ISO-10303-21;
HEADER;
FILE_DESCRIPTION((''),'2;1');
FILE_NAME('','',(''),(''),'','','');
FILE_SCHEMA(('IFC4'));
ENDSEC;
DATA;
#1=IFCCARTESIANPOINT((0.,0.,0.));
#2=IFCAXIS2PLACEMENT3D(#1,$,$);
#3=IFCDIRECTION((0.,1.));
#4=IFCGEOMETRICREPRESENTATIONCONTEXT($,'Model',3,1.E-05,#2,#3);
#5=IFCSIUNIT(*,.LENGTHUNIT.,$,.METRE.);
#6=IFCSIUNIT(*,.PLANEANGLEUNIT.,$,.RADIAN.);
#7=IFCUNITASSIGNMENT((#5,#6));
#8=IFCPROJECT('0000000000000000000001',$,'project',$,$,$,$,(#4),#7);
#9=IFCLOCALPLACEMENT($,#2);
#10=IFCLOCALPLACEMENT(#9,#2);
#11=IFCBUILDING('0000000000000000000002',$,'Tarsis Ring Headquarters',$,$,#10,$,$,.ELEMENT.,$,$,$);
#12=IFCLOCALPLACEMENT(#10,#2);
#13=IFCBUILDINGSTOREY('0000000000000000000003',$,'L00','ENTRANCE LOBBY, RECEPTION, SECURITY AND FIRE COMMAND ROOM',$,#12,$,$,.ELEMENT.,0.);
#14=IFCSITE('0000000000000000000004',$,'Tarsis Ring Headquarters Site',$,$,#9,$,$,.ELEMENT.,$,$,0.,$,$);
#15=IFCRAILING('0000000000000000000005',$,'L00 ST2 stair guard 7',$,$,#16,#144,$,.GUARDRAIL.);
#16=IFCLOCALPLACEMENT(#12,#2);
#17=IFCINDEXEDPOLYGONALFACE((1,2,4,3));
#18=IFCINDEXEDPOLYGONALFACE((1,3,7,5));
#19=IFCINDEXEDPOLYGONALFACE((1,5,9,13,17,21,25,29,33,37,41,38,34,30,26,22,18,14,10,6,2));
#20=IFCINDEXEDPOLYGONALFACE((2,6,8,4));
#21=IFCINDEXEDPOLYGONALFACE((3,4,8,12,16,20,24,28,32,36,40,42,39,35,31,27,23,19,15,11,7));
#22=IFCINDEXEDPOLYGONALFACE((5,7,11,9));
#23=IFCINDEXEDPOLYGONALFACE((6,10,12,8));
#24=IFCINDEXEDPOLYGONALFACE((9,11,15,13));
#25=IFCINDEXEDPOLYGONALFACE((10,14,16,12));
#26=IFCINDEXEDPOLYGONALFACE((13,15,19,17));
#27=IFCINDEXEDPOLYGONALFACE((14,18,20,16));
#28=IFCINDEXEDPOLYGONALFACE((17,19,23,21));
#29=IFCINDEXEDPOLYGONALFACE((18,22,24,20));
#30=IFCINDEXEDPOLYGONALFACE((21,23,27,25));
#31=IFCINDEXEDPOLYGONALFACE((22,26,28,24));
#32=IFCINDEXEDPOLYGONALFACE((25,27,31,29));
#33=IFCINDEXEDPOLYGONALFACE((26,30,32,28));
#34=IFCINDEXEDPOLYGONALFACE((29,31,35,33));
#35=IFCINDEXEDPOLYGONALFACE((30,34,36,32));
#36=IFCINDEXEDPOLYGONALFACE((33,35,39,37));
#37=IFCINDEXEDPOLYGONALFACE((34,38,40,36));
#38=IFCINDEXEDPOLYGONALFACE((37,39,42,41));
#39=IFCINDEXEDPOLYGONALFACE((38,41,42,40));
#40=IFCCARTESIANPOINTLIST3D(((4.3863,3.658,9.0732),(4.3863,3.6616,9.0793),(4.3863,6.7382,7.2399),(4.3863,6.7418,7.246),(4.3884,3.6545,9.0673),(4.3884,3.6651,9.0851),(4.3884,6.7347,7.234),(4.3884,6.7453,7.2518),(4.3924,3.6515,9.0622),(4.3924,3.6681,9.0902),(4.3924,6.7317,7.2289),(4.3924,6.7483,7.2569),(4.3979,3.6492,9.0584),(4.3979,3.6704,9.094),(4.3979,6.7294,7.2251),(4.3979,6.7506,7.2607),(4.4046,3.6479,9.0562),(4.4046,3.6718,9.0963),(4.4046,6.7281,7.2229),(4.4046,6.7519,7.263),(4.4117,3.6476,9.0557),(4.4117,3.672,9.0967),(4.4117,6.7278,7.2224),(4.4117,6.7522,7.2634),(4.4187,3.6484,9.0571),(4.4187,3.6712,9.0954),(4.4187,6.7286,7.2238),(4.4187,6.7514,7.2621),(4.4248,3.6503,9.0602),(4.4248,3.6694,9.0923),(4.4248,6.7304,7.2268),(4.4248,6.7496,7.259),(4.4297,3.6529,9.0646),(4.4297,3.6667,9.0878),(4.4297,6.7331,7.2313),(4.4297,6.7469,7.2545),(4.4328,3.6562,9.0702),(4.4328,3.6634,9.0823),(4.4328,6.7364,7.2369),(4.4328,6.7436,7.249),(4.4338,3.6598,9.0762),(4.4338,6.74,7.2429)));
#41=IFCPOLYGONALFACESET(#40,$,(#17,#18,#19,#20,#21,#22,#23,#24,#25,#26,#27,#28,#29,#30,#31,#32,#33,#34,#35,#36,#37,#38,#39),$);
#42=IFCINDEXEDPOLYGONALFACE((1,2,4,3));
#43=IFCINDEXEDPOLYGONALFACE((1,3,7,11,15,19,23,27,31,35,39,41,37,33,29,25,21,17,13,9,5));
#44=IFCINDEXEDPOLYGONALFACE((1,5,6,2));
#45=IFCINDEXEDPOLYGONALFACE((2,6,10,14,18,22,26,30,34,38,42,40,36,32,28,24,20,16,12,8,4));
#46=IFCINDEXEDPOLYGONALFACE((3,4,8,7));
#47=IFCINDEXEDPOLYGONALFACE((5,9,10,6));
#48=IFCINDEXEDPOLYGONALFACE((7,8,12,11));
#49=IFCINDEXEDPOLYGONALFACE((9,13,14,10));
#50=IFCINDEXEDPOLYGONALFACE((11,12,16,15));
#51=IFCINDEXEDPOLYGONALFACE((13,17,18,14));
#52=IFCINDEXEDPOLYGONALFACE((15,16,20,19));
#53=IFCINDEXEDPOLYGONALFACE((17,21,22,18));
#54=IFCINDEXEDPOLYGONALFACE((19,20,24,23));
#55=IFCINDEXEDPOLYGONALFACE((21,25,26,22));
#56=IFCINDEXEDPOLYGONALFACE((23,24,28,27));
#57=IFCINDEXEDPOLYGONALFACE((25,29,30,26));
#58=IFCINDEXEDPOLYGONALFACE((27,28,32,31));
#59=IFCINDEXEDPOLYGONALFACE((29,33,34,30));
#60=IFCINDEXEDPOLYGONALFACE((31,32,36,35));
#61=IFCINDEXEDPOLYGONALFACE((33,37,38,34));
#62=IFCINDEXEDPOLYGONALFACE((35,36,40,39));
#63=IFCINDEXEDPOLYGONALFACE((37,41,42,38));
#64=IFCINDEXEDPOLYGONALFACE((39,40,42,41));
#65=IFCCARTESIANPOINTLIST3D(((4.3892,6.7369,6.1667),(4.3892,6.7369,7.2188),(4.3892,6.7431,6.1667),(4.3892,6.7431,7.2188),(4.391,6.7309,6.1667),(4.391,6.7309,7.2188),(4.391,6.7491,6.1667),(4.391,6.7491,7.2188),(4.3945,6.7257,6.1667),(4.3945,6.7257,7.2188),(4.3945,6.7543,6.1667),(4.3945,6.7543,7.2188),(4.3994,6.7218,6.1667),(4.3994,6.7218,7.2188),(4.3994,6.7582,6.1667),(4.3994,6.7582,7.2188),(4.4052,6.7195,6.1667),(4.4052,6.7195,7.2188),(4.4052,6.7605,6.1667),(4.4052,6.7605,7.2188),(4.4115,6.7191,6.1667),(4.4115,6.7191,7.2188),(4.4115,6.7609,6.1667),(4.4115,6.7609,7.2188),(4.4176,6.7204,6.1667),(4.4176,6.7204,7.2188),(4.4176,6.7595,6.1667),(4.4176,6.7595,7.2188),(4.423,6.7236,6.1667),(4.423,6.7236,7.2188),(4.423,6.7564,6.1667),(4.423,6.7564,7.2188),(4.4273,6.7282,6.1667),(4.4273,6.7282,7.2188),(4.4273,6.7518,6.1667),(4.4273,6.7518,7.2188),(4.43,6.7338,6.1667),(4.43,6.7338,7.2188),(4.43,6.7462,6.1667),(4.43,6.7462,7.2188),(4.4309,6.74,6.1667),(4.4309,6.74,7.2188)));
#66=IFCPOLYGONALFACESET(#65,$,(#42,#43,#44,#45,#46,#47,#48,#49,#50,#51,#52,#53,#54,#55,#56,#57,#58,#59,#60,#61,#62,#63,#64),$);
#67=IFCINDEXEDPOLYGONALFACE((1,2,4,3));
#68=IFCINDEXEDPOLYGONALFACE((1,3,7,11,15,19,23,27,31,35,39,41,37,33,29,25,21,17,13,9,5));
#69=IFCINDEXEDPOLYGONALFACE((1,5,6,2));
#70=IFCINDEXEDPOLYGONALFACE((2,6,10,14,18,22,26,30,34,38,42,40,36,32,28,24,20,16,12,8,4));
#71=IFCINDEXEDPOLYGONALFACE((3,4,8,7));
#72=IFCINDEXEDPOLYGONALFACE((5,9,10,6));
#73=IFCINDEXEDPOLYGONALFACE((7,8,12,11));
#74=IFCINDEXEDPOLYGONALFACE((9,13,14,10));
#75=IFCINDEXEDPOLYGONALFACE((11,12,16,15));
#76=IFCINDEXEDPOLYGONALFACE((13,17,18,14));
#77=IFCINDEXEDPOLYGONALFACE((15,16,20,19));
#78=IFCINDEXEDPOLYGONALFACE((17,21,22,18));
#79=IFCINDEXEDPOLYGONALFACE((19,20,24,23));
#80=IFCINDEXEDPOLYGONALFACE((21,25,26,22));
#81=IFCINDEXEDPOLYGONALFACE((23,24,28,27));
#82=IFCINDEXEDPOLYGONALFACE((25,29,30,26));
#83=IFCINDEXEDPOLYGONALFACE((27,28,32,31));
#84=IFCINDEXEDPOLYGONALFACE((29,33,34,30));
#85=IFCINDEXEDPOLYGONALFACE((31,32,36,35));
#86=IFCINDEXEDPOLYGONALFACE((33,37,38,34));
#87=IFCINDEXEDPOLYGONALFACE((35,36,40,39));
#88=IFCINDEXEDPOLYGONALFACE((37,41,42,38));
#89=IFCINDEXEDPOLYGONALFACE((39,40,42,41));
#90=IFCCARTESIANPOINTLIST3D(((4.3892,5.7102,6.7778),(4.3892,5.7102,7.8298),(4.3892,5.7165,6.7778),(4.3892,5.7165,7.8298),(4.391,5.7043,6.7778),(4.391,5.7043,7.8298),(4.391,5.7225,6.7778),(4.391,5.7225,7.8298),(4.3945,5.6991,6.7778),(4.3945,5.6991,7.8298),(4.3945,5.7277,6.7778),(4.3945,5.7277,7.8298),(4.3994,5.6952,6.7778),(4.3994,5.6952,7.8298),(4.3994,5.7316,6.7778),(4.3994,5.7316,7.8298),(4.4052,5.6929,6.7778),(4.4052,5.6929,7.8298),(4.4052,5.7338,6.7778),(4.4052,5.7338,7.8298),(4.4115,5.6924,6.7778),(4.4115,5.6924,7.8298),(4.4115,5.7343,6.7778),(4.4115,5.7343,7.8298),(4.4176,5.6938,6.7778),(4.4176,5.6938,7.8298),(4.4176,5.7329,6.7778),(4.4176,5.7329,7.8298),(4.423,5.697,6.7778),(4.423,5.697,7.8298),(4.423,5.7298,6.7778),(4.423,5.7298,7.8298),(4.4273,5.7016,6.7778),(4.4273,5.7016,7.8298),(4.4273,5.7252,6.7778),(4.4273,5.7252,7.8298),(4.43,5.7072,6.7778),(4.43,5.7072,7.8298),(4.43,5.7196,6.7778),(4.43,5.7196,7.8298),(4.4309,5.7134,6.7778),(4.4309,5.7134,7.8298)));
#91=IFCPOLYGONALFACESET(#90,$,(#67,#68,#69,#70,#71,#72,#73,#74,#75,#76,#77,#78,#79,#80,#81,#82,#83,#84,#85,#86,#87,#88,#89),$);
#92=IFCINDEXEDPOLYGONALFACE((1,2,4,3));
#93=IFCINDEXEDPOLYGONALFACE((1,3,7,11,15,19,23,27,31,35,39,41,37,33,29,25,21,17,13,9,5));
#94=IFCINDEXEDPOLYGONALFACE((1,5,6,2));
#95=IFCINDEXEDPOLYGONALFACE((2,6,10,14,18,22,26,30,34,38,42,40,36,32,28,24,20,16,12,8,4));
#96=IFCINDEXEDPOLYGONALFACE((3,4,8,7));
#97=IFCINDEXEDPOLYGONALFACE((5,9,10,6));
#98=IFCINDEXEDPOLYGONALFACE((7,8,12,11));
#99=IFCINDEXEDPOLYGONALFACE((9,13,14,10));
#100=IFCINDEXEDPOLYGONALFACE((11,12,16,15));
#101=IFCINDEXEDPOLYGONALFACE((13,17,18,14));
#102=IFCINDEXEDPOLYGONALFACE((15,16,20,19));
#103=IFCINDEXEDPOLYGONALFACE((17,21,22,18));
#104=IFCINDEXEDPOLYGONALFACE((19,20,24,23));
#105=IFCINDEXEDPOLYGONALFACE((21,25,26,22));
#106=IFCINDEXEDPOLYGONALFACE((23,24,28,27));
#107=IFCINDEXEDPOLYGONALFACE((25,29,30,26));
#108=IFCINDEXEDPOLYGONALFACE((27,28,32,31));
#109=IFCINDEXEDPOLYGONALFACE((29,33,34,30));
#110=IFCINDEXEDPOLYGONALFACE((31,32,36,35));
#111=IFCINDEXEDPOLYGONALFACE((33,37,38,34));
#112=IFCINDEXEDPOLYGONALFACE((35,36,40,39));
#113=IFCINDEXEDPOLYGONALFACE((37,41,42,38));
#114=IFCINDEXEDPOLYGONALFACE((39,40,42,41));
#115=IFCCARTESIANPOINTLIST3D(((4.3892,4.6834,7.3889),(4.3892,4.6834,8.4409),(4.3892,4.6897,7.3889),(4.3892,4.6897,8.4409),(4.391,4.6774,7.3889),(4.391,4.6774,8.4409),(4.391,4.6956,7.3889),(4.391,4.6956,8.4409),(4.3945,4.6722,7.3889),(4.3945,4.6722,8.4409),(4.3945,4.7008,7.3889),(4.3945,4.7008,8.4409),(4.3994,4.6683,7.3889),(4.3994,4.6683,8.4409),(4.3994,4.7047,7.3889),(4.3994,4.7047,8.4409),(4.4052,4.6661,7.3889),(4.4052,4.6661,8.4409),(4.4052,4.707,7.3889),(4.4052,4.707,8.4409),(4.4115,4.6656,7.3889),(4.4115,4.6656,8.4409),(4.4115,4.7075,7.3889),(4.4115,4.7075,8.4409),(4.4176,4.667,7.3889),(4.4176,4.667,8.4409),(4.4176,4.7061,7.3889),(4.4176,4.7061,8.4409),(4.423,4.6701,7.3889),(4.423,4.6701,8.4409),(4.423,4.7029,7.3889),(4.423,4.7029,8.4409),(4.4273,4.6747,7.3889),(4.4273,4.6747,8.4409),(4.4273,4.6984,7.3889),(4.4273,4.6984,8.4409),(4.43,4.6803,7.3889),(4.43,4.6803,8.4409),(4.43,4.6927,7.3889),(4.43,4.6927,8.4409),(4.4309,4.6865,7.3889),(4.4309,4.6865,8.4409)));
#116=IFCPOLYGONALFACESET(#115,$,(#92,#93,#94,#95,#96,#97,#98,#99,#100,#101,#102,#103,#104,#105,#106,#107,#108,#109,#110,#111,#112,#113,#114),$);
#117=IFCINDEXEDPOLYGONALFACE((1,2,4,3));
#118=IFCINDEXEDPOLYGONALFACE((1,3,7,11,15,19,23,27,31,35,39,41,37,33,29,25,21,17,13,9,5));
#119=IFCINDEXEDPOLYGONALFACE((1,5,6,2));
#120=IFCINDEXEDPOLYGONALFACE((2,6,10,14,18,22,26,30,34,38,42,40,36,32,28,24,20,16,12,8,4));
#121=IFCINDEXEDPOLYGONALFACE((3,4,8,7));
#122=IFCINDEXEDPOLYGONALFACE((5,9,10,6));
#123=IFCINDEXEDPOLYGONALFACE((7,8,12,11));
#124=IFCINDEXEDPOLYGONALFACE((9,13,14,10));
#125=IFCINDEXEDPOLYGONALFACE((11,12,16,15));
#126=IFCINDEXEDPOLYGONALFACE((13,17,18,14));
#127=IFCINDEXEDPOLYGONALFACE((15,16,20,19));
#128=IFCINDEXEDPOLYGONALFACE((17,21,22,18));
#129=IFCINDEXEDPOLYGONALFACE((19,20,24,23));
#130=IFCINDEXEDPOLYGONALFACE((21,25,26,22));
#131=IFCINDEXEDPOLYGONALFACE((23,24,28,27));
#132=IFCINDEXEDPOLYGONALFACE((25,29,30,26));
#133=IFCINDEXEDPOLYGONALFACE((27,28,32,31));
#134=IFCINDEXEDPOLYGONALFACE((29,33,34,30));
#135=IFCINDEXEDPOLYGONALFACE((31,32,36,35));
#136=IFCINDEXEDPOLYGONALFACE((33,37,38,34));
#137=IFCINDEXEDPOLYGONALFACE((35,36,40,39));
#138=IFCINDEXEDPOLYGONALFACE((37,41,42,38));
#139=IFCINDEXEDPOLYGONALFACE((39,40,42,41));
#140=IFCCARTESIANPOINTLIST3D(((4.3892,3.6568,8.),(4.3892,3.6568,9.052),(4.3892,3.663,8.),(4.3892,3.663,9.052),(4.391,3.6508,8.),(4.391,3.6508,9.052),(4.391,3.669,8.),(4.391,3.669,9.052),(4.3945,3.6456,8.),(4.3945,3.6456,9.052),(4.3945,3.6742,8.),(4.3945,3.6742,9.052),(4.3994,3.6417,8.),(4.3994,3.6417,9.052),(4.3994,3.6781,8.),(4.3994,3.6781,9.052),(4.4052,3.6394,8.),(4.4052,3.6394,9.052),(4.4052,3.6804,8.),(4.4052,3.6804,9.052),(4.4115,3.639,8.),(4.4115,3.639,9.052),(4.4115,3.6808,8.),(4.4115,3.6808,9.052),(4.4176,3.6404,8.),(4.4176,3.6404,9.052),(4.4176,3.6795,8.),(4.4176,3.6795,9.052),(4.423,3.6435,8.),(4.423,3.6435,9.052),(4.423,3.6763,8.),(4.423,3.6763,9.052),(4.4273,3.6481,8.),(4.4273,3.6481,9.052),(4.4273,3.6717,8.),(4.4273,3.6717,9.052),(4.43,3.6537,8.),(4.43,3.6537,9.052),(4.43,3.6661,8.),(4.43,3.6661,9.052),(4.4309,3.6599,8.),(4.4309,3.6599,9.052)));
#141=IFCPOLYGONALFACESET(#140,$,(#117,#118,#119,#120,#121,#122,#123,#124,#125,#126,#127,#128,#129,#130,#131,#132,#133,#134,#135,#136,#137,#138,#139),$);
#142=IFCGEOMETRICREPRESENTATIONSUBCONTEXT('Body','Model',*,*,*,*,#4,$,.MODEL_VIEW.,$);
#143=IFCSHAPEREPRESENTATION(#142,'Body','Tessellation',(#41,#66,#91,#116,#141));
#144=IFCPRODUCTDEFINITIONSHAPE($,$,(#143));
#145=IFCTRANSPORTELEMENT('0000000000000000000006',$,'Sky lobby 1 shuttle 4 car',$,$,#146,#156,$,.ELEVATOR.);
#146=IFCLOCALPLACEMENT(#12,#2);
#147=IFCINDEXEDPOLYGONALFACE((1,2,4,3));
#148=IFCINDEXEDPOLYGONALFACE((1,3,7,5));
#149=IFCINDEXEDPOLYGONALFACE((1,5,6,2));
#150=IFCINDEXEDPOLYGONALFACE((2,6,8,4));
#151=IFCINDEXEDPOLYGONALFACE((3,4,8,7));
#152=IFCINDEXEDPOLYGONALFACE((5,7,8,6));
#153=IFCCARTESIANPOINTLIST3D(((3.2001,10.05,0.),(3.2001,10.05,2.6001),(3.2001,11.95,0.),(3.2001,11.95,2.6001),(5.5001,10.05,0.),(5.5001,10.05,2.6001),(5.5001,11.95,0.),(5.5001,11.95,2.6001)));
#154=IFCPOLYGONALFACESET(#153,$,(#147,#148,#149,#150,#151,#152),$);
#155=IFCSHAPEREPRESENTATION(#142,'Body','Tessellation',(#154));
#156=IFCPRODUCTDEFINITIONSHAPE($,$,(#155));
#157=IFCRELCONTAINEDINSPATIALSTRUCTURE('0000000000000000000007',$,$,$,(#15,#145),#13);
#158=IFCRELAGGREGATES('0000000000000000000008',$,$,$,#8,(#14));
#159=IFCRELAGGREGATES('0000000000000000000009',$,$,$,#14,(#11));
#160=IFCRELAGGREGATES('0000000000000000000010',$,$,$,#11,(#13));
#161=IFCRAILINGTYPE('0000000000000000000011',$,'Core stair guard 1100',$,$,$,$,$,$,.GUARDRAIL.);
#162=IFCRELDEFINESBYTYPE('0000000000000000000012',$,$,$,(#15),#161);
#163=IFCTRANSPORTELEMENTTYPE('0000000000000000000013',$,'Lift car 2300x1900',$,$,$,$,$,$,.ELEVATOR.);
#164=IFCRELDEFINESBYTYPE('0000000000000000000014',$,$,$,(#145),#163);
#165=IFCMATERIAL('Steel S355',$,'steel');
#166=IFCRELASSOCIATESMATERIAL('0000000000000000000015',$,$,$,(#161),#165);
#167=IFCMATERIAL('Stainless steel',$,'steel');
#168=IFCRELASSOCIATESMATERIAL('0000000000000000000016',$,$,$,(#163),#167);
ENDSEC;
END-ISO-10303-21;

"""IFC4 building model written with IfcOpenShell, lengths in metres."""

from ifc_helpers import new_model, si_unit, direction, frame, origin, origin_2d, place, context, subcontext, project, spatial, rectangle, circle, extrude, material, type_object, element, save


model = new_model("IFC4")

# Units and contexts
model_context = context("Model", 3, precision=1e-05, world=origin(), true_north=direction((0.0, 1.0)))
body_context = subcontext(model_context, "Body", "Model", "MODEL_VIEW")
ifc_project = project(units=[si_unit("LENGTHUNIT", "METRE"), si_unit("PLANEANGLEUNIT", "RADIAN")], contexts=[model_context])

# Site, building, storey
site_placement = place(None, origin())
site = spatial("IfcSite", under=ifc_project, at=site_placement, Name="Tarsis Ring Headquarters Site", CompositionType="ELEMENT", RefElevation=0.0)
building_placement = place(site_placement, origin())
building = spatial("IfcBuilding", under=site, at=building_placement, Name="Tarsis Ring Headquarters", CompositionType="ELEMENT")
storey_placement = place(building_placement, origin())
storey = spatial("IfcBuildingStorey", under=building, at=storey_placement, Name="L00", Description="ENTRANCE LOBBY, RECEPTION, SECURITY AND FIRE COMMAND ROOM", CompositionType="ELEMENT", Elevation=0.0)

# Railing
ifc_material_1 = material(Name="Steel S355", Category="steel")
railing_type = type_object("IfcRailingType", Name="Core stair guard 1100", PredefinedType="GUARDRAIL", material=ifc_material_1)
railing_placement = place(storey_placement, frame((4.4099, 6.74, 6.1667)))
element("IfcRailing", 1, at=railing_placement, inside=storey, type_object=railing_type, Name="L00 ST2 stair guard 7", PredefinedType="GUARDRAIL", context=body_context, shape_type="SweptSolid", body=[
    extrude(circle(Radius=0.0239, at=origin_2d()), frame((0.0, 0.0, 1.0762), z_axis=(0.0, -0.859309, 0.511458), x_axis=(1.0, 0.0, 0.0)), (0.0, 0.0, 1.0), 3.5845),
    extrude(circle(Radius=0.021, at=origin_2d()), origin(), (0.0, 0.0, 1.0), 1.052),
    extrude(circle(Radius=0.021, at=origin_2d()), frame((0.0, -1.0266, 0.6111)), (0.0, 0.0, 1.0), 1.052),
    extrude(circle(Radius=0.021, at=origin_2d()), frame((0.0, -2.0535, 1.2222)), (0.0, 0.0, 1.0), 1.052),
    extrude(circle(Radius=0.021, at=origin_2d()), frame((0.0, -3.0801, 1.8333)), (0.0, 0.0, 1.0), 1.052),
])

# Transport element
ifc_material_2 = material(Name="Stainless steel", Category="steel")
transport_element_type = type_object("IfcTransportElementType", Name="Lift car 2300x1900", PredefinedType="ELEVATOR", material=ifc_material_2)
transport_element_placement = place(storey_placement, frame((4.3501, 11.0, 0.0), z_axis=(0.0, 0.0, 1.0), x_axis=(1.0, 0.0, 0.0)))
element("IfcTransportElement", 2, at=transport_element_placement, inside=storey, type_object=transport_element_type, Name="Sky lobby 1 shuttle 4 car", PredefinedType="ELEVATOR", context=body_context, shape_type="SweptSolid", body=[
    extrude(rectangle(XDim=2.3, YDim=1.8999, at=origin_2d()), origin(), (0.0, 0.0, 1.0), 2.6001),
])

save(model, "model.ifc")
